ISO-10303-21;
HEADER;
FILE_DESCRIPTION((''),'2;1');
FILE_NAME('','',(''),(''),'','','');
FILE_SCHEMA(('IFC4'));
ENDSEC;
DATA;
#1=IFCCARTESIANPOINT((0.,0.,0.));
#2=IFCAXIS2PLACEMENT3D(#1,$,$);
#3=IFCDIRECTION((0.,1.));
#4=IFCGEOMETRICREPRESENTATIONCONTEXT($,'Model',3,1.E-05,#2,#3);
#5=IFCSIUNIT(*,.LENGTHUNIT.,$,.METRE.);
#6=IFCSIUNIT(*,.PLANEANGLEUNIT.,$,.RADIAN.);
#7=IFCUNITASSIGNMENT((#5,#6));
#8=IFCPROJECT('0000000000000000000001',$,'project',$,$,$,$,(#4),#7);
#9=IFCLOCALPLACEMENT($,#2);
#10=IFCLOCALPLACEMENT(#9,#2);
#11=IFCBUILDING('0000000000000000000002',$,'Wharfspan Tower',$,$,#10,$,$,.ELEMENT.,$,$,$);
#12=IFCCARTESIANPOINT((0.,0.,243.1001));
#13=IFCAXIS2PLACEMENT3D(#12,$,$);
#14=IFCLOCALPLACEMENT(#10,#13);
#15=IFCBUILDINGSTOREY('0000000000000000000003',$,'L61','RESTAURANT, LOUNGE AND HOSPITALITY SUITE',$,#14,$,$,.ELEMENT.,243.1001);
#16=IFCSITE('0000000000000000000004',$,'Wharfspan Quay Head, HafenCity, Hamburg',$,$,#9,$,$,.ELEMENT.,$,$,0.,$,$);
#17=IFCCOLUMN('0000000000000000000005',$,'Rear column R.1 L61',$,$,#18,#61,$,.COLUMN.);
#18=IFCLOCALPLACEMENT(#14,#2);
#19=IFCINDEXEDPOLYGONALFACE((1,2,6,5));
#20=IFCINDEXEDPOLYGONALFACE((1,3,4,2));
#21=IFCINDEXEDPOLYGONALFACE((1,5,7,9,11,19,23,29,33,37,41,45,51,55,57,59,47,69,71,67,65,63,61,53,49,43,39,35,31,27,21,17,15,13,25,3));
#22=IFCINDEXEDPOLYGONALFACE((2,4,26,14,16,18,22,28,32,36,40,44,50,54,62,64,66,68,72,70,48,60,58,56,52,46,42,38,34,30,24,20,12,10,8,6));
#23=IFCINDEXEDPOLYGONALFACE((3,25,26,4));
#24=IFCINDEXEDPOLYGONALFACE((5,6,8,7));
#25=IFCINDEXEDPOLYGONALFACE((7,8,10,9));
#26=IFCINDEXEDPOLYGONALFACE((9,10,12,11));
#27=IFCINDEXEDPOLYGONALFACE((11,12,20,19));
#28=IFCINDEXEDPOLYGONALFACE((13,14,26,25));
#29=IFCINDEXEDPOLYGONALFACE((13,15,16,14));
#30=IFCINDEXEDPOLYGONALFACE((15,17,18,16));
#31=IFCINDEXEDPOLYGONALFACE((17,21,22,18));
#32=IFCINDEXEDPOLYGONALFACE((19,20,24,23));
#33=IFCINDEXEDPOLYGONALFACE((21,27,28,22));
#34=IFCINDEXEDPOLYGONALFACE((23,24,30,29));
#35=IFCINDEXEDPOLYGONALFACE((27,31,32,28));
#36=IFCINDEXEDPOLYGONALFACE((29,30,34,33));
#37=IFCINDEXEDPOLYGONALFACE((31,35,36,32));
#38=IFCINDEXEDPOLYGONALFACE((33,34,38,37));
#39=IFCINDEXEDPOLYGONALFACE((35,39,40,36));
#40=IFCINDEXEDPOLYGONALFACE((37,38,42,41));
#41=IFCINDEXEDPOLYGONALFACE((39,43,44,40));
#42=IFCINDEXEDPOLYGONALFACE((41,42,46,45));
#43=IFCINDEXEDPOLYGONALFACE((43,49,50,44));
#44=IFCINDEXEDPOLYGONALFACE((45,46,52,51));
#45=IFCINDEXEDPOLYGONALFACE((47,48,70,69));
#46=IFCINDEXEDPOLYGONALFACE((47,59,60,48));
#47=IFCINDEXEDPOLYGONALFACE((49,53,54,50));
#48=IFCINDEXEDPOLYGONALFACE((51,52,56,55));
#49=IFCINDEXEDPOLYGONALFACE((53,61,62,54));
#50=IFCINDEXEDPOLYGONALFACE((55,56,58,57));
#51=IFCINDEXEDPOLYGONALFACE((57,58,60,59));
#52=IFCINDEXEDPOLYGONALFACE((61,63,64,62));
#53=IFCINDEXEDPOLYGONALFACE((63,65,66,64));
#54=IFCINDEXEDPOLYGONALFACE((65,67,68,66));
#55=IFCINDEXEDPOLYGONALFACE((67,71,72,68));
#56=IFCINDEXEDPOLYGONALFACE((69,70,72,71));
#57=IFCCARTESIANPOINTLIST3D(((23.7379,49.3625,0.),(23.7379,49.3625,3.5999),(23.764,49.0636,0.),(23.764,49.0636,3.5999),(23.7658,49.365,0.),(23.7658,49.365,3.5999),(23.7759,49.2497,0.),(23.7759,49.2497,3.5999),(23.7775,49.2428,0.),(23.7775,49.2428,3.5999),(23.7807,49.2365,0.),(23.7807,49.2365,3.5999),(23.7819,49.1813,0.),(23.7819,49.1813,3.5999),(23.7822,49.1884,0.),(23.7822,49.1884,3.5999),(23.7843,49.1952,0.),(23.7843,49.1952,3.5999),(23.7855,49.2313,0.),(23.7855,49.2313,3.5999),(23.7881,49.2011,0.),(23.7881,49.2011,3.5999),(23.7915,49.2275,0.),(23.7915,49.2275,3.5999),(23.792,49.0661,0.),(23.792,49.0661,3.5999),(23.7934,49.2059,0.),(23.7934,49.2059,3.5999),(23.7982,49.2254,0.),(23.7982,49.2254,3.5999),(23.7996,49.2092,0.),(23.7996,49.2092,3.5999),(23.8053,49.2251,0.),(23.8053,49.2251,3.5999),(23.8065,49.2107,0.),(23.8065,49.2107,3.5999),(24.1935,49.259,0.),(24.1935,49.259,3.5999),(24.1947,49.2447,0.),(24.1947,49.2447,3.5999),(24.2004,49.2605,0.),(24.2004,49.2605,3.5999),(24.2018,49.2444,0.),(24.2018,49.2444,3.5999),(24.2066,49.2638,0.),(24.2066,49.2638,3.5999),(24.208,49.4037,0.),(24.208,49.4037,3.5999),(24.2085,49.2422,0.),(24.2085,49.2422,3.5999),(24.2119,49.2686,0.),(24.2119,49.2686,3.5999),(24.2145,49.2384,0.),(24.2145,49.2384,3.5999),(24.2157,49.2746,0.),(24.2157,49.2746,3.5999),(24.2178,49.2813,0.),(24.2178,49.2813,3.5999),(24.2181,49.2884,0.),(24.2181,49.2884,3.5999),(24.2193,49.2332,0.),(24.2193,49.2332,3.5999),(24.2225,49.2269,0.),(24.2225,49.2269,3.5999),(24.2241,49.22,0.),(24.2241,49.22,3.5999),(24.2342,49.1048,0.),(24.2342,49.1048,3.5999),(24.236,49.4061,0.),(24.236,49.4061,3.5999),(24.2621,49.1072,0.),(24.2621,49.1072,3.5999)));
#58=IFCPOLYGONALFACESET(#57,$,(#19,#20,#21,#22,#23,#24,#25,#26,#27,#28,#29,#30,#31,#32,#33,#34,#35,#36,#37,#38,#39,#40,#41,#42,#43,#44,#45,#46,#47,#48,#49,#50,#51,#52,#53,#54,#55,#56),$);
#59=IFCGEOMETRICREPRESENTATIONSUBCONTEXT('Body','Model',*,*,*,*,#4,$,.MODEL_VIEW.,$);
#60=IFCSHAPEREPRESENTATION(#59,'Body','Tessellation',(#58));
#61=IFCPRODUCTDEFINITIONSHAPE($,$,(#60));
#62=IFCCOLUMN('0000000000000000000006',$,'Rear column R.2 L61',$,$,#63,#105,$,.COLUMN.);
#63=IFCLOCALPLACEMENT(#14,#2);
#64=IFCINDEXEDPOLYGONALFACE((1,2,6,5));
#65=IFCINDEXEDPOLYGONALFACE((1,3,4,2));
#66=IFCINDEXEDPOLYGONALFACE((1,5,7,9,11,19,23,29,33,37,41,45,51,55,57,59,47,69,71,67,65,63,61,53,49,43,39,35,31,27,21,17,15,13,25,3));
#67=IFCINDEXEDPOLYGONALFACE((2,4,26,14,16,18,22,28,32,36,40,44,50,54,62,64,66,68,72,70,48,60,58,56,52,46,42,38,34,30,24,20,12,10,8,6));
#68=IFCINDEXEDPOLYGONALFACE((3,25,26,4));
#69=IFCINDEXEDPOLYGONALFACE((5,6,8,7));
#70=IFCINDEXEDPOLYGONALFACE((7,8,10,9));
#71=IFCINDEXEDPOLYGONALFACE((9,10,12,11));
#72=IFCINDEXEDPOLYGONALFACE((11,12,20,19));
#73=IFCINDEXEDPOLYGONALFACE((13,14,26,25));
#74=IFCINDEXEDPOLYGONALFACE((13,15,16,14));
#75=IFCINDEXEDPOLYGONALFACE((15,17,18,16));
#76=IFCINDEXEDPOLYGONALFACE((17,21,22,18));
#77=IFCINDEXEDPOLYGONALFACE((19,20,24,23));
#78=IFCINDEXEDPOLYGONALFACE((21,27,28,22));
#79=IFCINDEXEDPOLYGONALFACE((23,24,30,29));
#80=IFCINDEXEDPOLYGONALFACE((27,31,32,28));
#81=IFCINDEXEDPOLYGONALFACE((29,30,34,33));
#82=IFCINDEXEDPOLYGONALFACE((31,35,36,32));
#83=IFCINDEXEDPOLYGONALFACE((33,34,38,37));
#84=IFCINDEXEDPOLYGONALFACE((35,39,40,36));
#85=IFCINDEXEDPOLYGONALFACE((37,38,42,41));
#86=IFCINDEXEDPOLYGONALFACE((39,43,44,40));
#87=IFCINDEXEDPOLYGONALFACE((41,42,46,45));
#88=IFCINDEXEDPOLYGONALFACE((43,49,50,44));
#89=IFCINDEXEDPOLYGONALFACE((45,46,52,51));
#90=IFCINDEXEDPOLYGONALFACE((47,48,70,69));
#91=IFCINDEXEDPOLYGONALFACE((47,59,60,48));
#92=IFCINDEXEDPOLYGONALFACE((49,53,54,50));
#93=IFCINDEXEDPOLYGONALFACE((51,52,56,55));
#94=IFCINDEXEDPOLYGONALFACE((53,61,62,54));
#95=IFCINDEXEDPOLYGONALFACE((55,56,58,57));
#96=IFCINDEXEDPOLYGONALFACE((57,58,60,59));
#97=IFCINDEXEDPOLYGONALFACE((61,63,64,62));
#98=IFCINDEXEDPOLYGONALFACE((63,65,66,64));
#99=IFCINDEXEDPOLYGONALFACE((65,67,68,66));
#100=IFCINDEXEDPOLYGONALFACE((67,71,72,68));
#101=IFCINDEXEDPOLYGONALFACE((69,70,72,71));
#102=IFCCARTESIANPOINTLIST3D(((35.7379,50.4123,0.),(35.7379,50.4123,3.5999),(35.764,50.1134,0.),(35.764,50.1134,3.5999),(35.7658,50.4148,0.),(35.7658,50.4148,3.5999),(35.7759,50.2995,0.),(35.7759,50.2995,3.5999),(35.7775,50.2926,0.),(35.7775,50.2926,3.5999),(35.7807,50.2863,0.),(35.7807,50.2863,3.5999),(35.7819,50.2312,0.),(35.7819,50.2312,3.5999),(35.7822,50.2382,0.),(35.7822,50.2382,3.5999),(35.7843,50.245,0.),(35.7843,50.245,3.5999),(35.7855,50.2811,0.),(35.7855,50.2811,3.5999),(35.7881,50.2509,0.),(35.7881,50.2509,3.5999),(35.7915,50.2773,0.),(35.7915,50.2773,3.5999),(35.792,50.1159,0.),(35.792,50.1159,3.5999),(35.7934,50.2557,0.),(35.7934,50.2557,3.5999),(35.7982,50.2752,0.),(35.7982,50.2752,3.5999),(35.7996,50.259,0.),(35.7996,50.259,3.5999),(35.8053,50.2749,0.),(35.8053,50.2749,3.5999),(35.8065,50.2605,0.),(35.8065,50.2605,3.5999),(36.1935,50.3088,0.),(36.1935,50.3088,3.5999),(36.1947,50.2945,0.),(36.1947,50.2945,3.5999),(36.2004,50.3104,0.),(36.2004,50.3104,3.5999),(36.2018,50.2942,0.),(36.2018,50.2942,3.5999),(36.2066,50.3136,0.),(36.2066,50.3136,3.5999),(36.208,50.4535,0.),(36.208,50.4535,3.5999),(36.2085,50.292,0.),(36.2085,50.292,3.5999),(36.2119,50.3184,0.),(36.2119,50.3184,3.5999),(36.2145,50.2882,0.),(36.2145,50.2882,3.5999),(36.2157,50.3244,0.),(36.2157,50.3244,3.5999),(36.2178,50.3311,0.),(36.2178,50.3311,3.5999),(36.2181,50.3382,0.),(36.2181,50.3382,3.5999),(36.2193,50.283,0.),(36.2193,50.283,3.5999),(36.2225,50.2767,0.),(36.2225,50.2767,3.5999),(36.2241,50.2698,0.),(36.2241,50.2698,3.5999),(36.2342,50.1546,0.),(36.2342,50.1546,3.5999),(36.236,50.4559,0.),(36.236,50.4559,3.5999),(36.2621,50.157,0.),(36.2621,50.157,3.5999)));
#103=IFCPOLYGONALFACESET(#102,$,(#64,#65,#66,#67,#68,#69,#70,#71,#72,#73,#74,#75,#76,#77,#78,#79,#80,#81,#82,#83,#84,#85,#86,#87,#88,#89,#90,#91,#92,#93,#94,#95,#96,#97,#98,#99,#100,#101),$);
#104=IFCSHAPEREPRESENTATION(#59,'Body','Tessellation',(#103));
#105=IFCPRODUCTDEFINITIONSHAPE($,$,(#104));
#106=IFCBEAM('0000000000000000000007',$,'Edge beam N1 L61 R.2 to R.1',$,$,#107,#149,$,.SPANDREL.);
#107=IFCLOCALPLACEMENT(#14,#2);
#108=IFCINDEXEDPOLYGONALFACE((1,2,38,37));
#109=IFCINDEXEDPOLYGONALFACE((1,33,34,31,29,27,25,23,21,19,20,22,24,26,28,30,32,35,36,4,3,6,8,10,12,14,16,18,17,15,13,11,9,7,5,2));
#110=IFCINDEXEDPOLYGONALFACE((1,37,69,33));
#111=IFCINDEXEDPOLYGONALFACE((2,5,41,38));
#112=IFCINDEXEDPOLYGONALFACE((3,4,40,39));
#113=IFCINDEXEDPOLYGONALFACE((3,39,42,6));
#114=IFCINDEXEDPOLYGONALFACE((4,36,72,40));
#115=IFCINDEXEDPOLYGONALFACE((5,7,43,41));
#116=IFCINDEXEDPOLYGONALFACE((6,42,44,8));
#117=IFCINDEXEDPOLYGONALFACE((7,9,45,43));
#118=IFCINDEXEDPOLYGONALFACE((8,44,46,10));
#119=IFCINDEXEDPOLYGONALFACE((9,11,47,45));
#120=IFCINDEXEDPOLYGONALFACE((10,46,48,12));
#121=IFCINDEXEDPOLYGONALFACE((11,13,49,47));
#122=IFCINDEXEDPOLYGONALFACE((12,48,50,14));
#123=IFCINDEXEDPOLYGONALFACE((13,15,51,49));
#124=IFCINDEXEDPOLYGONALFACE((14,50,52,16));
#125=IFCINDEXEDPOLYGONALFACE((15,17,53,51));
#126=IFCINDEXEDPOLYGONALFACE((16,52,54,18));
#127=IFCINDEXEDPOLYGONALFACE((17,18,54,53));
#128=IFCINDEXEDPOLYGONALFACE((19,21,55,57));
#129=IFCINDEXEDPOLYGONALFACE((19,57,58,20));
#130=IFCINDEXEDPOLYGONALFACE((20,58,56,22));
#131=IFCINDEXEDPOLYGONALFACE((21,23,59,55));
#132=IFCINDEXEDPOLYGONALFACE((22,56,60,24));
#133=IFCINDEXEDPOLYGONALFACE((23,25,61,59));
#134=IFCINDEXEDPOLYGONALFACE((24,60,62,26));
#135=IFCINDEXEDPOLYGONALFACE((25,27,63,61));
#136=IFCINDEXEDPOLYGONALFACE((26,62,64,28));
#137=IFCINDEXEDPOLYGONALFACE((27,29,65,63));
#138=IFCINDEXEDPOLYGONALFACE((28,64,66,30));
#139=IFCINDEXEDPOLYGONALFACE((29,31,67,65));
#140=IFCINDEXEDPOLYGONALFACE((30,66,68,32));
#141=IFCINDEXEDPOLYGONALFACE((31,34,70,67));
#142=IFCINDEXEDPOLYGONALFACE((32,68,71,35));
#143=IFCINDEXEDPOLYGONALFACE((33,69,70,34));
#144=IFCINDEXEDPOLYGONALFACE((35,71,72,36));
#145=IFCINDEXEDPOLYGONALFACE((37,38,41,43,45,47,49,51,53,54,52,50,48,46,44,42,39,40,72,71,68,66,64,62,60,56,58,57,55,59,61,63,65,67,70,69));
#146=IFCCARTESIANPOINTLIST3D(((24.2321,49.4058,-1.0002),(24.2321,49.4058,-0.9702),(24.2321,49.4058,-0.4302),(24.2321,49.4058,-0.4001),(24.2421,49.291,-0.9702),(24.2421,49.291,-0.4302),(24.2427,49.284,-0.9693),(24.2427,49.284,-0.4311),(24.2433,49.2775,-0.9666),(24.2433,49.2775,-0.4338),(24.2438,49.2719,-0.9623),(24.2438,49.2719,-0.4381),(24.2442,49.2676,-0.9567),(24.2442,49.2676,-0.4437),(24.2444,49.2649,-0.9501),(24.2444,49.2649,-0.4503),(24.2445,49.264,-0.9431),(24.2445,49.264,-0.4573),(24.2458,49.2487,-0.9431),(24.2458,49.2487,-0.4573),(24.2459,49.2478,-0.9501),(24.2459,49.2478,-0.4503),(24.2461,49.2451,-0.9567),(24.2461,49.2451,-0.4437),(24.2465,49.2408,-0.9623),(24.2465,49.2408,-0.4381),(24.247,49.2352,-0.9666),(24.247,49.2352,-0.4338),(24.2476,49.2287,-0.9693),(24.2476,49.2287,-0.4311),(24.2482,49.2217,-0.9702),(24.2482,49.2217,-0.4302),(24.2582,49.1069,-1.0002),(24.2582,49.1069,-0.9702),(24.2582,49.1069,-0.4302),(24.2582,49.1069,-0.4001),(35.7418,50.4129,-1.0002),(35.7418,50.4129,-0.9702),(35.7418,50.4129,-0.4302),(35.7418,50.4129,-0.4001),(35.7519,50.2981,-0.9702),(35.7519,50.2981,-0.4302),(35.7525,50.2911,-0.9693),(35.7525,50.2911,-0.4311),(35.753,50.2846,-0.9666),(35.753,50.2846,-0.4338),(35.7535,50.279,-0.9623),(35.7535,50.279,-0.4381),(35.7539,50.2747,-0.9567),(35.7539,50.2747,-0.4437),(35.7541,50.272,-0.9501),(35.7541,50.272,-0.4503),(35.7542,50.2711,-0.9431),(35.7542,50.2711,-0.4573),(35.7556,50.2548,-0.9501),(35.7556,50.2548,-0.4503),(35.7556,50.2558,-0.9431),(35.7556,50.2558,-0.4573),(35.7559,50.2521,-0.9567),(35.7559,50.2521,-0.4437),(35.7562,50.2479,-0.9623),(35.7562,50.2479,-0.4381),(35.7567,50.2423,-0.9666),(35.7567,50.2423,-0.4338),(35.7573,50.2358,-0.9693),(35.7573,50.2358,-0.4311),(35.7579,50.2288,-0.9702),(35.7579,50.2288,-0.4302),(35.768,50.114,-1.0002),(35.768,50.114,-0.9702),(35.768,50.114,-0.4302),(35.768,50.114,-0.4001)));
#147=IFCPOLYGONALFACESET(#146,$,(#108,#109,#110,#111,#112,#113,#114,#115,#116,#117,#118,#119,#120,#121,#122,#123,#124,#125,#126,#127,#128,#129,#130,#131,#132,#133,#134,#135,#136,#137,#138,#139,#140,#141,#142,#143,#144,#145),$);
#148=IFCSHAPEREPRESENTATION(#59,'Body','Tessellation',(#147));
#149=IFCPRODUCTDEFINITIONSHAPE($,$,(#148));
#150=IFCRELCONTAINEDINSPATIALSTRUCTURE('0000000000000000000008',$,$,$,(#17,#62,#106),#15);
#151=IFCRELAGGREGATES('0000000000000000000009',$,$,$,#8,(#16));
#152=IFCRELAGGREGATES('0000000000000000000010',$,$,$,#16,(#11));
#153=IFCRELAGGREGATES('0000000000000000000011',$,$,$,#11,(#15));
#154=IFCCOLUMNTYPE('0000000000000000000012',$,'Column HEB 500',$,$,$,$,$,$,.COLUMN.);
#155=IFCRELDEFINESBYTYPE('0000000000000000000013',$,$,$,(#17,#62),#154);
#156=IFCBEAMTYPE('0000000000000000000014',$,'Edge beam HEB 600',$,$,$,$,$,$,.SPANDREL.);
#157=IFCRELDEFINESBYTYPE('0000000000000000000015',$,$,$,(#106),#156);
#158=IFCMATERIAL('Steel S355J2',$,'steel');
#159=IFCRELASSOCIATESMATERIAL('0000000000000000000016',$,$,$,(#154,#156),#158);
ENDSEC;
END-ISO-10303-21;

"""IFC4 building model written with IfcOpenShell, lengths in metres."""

from ifc_helpers import new_model, si_unit, direction, frame, origin, origin_2d, place, context, subcontext, project, spatial, i_section, extrude, material, material_profile, profile_set, type_object, element, save


model = new_model("IFC4")

# Units and contexts
model_context = context("Model", 3, precision=1e-05, world=origin(), true_north=direction((0.0, 1.0)))
body_context = subcontext(model_context, "Body", "Model", "MODEL_VIEW")
ifc_project = project(units=[si_unit("LENGTHUNIT", "METRE"), si_unit("PLANEANGLEUNIT", "RADIAN")], contexts=[model_context])

# Site, building, storey
site_placement = place(None, origin())
site = spatial("IfcSite", under=ifc_project, at=site_placement, Name="Wharfspan Quay Head, HafenCity, Hamburg", CompositionType="ELEMENT", RefElevation=0.0)
building_placement = place(site_placement, origin())
building = spatial("IfcBuilding", under=site, at=building_placement, Name="Wharfspan Tower", CompositionType="ELEMENT")
storey_placement = place(building_placement, frame((0.0, 0.0, 243.1001)))
storey = spatial("IfcBuildingStorey", under=building, at=storey_placement, Name="L61", Description="RESTAURANT, LOUNGE AND HOSPITALITY SUITE", CompositionType="ELEMENT", Elevation=243.1001)

# Columns
ifc_material_1 = material(Name="Steel S355J2", Category="steel")
ifc_material_profile_1 = material_profile(ifc_material_1, i_section(OverallWidth=0.3, OverallDepth=0.5, WebThickness=0.0144, FlangeThickness=0.0281, FilletRadius=0.0271, at=origin_2d()))
ifc_profile_set_1 = profile_set([ifc_material_profile_1], Name="Steel S355J2")
column_type = type_object("IfcColumnType", Name="Column HEB 500", PredefinedType="COLUMN", material=ifc_profile_set_1)
for number, where, z_axis, x_axis, name in (
    (1, (24.0, 49.2349, 0.0), (0.0, 0.0, 1.0), (-0.087156, 0.996197, 0.0), "Rear column R.1 L61"),
    (2, (36.0, 50.2847, 0.0), (0.0, 0.0, 1.0), (-0.087156, 0.996197, 0.0), "Rear column R.2 L61"),
):
    element("IfcColumn", number, at=place(storey_placement, frame(where, z_axis=z_axis, x_axis=x_axis)), inside=storey, type_object=column_type, Name=name, PredefinedType="COLUMN", context=body_context, shape_type="SweptSolid", body=[
        extrude(i_section(OverallWidth=0.3, OverallDepth=0.5, WebThickness=0.0144, FlangeThickness=0.0281, FilletRadius=0.0271, at=origin_2d()), origin(), (0.0, 0.0, 1.0), 3.5999),
    ])

# Beam
ifc_material_profile_2 = material_profile(ifc_material_1, i_section(OverallWidth=0.3, OverallDepth=0.6001, WebThickness=0.0154, FlangeThickness=0.03, FilletRadius=0.0271, at=origin_2d()))
ifc_profile_set_2 = profile_set([ifc_material_profile_2], Name="Steel S355J2")
beam_type = type_object("IfcBeamType", Name="Edge beam HEB 600", PredefinedType="SPANDREL", material=ifc_profile_set_2)
beam_placement = place(storey_placement, frame((35.7549, 50.2634, -0.7002), z_axis=(-0.996194, -0.087165, 0.0), x_axis=(0.087165, -0.996194, 0.0)))
element("IfcBeam", 3, at=beam_placement, inside=storey, type_object=beam_type, Name="Edge beam N1 L61 R.2 to R.1", PredefinedType="SPANDREL", context=body_context, shape_type="SweptSolid", body=[
    extrude(i_section(OverallWidth=0.3, OverallDepth=0.6001, WebThickness=0.0154, FlangeThickness=0.03, FilletRadius=0.0271, at=origin_2d()), origin(), (0.0, 0.0, 1.0), 11.5537),
])

save(model, "model.ifc")
